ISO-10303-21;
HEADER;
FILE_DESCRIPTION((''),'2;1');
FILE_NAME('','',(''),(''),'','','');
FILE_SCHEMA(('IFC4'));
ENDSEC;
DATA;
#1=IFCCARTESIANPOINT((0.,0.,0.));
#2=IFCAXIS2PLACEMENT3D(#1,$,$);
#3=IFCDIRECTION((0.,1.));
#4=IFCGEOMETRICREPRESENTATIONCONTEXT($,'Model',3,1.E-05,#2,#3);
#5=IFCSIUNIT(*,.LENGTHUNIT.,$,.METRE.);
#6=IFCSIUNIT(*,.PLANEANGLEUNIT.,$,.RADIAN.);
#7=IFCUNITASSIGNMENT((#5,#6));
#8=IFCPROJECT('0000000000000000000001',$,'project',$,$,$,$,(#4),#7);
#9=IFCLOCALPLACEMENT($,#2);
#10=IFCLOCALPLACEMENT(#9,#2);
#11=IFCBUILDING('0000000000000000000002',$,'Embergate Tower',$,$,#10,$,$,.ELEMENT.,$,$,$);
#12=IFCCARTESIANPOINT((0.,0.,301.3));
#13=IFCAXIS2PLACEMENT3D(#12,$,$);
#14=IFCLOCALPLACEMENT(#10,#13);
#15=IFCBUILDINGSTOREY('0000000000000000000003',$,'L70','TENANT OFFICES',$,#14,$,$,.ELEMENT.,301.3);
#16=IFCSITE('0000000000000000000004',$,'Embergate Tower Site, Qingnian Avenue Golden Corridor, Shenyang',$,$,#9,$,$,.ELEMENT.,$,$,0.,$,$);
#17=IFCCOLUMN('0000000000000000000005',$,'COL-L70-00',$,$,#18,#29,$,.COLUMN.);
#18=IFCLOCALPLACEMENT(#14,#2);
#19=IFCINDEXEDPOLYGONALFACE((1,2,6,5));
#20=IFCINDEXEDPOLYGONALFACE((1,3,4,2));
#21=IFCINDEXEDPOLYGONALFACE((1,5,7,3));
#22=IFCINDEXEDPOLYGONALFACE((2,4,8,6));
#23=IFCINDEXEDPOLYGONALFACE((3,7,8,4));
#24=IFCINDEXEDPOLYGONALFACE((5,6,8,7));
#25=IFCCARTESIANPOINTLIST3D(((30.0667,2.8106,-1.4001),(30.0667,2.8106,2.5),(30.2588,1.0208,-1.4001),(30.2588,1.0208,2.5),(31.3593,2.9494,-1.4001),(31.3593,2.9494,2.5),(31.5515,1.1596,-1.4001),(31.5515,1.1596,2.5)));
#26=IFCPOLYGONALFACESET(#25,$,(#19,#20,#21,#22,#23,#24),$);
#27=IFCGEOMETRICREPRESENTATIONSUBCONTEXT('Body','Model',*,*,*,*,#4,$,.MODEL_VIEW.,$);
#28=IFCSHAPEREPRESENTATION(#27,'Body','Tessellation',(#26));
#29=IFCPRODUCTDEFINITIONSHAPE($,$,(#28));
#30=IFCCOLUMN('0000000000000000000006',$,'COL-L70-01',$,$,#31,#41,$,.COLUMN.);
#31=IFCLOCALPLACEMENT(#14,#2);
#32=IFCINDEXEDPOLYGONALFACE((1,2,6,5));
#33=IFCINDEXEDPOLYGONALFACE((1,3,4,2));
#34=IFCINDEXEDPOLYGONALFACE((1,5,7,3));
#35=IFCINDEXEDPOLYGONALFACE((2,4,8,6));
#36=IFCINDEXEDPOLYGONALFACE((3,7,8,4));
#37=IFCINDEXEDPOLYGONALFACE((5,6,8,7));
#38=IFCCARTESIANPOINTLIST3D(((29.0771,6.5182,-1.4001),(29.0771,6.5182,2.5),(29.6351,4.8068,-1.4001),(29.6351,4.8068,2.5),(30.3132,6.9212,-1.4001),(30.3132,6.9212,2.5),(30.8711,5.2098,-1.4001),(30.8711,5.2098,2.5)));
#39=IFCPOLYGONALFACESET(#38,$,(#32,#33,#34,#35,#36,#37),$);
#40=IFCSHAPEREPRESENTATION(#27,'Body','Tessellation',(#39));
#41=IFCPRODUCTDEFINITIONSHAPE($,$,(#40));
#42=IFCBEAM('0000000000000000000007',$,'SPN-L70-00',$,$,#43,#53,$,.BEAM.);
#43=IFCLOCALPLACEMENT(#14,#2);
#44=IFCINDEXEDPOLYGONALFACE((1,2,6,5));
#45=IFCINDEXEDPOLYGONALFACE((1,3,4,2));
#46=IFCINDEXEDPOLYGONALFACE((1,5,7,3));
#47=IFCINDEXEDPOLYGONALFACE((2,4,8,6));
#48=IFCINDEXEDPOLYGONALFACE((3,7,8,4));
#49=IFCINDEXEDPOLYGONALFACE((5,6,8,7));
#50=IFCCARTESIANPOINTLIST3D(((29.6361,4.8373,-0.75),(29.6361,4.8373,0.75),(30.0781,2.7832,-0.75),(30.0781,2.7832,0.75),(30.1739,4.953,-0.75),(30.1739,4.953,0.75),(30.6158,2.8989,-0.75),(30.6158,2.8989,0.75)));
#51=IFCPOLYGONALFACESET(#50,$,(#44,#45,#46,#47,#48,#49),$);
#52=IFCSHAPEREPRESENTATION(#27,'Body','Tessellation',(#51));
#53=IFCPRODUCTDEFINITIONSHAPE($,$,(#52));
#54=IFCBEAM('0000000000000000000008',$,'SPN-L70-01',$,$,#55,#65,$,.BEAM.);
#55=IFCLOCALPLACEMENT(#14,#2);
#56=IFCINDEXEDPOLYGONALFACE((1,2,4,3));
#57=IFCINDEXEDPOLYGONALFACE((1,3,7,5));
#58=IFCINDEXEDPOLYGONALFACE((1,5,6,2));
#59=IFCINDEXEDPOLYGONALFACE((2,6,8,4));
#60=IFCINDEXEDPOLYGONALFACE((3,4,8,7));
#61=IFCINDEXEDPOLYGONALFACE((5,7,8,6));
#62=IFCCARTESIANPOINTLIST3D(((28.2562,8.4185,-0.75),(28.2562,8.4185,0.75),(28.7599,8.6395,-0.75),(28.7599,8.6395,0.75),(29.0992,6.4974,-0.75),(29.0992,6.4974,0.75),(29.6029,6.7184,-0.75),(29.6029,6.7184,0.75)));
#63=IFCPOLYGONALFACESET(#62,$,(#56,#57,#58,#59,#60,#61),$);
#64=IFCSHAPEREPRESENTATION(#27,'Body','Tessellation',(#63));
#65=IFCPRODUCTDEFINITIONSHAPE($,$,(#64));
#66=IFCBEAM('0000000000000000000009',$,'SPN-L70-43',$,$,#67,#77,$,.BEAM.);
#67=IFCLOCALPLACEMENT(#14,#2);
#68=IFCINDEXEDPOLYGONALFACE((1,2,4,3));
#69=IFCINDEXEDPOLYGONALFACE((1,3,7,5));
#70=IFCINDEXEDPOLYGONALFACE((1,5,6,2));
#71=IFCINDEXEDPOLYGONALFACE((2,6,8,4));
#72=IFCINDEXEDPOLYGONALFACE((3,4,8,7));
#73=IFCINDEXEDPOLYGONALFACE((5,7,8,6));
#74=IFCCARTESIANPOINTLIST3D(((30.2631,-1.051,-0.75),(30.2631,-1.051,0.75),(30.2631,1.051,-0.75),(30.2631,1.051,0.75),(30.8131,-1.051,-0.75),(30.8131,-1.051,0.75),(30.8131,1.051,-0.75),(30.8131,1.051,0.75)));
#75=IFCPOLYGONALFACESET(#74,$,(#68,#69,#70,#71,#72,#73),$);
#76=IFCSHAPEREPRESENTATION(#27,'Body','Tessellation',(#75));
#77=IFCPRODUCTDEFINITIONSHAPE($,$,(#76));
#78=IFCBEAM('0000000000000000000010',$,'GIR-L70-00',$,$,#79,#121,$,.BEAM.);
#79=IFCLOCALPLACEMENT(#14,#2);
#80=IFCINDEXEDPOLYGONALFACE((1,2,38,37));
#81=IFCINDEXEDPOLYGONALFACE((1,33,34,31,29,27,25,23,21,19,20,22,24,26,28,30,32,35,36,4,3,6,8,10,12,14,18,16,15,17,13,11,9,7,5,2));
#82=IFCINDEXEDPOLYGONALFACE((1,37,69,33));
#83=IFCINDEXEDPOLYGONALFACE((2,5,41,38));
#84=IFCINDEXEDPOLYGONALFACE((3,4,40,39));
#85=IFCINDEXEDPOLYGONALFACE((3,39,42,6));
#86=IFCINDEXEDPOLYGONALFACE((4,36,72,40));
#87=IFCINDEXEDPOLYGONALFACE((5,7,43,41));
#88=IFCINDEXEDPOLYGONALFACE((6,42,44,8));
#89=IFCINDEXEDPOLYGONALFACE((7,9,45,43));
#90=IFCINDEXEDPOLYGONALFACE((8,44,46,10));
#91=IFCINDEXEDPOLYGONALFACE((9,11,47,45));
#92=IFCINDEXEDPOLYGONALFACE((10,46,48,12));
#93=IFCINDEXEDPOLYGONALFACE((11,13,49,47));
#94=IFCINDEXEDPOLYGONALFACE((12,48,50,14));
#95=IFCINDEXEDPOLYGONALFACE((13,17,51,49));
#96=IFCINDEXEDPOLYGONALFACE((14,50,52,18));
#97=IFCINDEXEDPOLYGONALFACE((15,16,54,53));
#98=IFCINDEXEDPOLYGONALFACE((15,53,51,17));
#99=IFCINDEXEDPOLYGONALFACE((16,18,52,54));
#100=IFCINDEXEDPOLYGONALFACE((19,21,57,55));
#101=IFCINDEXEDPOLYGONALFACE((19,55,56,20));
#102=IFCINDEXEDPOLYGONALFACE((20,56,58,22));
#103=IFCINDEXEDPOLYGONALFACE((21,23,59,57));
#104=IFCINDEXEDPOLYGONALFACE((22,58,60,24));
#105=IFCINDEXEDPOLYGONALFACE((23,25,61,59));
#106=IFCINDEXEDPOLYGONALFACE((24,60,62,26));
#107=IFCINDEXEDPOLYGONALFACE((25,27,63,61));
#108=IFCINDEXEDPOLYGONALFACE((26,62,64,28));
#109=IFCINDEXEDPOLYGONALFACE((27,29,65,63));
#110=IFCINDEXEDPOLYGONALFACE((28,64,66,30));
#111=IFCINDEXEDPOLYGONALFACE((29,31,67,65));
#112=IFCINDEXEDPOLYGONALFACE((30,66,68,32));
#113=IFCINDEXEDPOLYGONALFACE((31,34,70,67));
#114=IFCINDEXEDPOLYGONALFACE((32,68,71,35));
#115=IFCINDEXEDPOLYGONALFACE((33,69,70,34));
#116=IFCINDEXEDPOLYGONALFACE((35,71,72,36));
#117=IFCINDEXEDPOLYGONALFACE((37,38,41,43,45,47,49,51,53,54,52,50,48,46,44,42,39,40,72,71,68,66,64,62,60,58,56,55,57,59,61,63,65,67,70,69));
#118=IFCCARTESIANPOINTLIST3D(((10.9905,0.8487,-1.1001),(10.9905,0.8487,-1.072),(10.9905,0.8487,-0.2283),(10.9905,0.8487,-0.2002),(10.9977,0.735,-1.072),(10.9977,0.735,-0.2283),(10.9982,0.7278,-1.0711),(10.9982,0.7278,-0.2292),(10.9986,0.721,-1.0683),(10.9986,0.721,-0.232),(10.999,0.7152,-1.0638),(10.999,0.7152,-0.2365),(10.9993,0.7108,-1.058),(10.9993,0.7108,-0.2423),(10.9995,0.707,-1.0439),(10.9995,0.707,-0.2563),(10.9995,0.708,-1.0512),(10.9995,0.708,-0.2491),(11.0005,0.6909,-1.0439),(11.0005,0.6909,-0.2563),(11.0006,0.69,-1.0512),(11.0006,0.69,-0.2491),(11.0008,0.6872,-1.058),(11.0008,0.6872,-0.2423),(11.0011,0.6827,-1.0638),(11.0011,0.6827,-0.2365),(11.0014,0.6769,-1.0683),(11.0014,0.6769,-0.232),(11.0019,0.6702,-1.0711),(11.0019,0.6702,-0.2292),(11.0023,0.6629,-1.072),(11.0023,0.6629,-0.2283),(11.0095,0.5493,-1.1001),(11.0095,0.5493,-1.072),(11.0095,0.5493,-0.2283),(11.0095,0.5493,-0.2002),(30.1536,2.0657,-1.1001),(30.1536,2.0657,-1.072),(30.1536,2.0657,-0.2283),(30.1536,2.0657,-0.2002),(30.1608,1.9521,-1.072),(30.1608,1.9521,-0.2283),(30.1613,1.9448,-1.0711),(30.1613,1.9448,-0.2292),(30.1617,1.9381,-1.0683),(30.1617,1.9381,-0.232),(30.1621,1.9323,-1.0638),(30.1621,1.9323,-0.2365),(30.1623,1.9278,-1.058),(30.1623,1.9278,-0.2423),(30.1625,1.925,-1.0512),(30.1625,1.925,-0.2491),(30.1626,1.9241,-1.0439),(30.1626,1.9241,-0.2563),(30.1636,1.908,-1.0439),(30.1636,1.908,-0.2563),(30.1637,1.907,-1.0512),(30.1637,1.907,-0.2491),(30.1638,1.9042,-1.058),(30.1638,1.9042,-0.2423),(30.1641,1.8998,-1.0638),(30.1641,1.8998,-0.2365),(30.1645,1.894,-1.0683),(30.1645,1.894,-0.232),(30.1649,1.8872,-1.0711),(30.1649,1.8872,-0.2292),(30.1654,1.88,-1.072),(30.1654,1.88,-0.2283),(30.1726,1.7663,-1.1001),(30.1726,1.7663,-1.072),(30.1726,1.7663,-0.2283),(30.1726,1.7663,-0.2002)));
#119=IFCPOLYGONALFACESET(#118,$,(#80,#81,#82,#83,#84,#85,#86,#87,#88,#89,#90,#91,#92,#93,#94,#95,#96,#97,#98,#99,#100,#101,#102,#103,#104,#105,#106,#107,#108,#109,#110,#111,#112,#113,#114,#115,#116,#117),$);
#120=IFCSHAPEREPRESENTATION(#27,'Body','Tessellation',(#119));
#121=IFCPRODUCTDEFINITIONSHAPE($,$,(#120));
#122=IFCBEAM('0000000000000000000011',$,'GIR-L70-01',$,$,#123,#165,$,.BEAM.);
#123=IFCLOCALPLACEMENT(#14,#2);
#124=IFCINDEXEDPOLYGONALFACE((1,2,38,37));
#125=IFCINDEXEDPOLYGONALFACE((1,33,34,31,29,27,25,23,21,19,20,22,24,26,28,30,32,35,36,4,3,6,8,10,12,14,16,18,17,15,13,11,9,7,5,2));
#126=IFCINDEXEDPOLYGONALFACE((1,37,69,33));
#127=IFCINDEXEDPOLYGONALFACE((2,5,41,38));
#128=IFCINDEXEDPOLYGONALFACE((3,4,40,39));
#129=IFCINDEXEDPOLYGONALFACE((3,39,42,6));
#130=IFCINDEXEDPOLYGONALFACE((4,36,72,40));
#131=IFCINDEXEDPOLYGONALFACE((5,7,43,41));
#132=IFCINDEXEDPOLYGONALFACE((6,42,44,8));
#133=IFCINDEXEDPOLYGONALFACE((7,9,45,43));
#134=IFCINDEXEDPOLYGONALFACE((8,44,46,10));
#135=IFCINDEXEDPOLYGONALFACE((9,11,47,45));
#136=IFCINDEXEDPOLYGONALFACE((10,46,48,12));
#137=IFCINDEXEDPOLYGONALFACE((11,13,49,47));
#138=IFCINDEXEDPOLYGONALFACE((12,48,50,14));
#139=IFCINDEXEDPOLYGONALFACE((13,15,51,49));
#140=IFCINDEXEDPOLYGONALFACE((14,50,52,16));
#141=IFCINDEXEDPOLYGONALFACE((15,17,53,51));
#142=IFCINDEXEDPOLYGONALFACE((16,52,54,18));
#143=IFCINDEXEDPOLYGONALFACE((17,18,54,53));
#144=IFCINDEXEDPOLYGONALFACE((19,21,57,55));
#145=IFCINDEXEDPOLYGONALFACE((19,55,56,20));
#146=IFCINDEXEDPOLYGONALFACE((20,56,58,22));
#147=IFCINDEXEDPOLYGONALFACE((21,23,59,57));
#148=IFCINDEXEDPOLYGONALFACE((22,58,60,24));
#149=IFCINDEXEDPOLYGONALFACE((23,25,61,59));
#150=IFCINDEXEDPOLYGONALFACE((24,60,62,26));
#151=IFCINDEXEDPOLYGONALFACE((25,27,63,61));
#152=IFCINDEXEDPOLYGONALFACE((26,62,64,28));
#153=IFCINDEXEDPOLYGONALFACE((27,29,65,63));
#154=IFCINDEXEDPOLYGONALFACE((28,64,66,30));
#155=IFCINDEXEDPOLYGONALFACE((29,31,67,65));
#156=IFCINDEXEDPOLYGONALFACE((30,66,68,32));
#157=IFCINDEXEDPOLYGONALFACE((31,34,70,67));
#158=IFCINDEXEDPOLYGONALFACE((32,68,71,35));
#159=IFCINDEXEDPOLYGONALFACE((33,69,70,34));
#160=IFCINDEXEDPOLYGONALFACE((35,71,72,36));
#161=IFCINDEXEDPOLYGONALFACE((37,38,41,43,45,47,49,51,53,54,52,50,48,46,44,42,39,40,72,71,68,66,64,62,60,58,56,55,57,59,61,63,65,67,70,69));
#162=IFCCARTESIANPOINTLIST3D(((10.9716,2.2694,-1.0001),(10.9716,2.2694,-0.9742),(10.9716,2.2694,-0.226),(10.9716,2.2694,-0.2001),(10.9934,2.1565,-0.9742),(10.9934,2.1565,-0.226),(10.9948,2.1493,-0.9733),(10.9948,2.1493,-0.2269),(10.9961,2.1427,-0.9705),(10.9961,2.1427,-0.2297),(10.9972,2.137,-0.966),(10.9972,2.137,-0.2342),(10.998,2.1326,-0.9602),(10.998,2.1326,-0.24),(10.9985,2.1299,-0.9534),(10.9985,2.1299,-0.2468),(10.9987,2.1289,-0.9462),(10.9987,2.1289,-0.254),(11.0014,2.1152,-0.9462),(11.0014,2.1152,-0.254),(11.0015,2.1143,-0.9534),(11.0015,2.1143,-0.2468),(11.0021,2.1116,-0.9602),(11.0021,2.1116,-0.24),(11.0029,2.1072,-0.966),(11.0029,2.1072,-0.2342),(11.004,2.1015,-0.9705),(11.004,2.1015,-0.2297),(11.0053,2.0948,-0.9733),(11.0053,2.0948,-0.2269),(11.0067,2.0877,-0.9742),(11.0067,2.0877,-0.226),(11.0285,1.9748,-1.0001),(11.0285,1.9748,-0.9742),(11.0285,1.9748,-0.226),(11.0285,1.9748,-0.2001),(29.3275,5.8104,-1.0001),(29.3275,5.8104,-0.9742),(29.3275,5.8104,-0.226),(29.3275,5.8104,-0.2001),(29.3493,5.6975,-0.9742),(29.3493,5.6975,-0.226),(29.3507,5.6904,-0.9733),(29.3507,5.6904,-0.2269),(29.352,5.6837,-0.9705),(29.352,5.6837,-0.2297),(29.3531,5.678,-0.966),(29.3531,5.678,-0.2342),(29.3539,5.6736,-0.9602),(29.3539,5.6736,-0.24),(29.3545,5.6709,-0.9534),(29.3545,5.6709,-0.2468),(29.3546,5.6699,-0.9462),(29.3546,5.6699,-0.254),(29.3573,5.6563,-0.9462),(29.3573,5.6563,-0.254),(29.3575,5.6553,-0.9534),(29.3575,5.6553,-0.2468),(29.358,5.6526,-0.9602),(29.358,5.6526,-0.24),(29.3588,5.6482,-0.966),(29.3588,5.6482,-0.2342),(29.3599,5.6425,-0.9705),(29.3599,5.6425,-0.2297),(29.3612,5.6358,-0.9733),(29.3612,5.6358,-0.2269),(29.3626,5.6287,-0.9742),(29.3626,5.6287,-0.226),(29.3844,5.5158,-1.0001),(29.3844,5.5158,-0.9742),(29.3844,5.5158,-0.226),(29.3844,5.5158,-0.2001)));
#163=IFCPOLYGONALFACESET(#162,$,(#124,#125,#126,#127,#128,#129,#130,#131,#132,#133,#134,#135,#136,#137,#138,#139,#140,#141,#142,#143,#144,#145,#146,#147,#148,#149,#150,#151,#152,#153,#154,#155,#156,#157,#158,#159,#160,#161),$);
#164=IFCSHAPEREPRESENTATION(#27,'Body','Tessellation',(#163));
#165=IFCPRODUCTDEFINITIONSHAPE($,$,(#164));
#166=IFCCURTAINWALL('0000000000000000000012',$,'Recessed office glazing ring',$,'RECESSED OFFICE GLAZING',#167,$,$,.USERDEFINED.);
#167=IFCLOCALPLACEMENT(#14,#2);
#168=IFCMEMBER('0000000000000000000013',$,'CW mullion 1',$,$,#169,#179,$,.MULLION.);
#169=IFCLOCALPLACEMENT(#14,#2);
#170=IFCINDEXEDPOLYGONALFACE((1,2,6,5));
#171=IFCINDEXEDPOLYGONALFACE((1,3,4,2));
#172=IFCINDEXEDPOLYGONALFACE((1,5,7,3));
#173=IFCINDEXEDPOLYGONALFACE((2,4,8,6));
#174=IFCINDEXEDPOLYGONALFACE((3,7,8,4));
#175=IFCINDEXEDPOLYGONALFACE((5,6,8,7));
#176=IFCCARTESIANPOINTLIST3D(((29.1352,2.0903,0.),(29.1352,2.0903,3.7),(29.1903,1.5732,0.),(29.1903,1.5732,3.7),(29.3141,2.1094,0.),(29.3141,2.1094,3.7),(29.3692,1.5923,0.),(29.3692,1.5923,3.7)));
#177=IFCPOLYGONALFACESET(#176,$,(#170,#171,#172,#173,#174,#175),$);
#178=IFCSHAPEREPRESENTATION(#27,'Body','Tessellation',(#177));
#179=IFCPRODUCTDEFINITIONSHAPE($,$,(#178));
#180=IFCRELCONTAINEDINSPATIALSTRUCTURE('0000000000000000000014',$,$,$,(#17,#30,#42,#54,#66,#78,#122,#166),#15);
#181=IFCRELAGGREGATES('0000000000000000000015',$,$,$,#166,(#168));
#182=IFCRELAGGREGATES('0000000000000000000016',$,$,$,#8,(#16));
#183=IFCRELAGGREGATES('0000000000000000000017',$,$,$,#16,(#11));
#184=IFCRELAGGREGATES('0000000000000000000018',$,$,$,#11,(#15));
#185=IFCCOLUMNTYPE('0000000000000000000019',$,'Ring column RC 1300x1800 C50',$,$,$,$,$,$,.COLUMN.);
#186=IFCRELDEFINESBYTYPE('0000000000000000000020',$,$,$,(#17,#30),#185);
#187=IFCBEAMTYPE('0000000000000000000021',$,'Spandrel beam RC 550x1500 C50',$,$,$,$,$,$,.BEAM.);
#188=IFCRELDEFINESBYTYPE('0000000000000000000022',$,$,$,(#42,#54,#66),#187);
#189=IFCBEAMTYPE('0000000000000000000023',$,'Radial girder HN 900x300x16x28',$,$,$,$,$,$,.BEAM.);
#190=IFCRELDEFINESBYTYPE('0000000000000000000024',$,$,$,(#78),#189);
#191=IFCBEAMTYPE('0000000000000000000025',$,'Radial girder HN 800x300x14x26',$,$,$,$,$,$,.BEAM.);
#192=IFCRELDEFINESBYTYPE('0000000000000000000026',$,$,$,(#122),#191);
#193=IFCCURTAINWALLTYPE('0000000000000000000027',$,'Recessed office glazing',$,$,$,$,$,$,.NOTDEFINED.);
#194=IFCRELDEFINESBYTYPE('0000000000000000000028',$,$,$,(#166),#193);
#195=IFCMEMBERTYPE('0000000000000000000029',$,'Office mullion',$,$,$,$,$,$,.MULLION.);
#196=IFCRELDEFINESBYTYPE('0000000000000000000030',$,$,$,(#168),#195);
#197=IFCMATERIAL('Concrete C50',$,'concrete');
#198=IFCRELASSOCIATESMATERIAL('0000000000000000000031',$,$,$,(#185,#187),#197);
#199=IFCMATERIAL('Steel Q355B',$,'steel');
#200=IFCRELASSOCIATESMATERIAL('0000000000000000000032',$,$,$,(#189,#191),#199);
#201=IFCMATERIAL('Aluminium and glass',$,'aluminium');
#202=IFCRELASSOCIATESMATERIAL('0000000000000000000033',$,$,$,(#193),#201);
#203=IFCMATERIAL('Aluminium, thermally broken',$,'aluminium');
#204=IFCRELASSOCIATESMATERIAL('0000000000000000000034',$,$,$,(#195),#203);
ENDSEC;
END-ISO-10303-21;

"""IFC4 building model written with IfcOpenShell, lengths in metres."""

from ifc_helpers import new_model, si_unit, direction, frame, origin, origin_2d, place, context, subcontext, project, spatial, rectangle, i_section, extrude, source, transform, mapped, material, material_profile, profile_set, type_object, element, aggregate, save


model = new_model("IFC4")

# Units and contexts
model_context = context("Model", 3, precision=1e-05, world=origin(), true_north=direction((0.0, 1.0)))
body_context = subcontext(model_context, "Body", "Model", "MODEL_VIEW")
ifc_project = project(units=[si_unit("LENGTHUNIT", "METRE"), si_unit("PLANEANGLEUNIT", "RADIAN")], contexts=[model_context])

# Site, building, storey
site_placement = place(None, origin())
site = spatial("IfcSite", under=ifc_project, at=site_placement, Name="Embergate Tower Site, Qingnian Avenue Golden Corridor, Shenyang", CompositionType="ELEMENT", RefElevation=0.0)
building_placement = place(site_placement, origin())
building = spatial("IfcBuilding", under=site, at=building_placement, Name="Embergate Tower", CompositionType="ELEMENT")
storey_placement = place(building_placement, frame((0.0, 0.0, 301.3)))
storey = spatial("IfcBuildingStorey", under=building, at=storey_placement, Name="L70", Description="TENANT OFFICES", CompositionType="ELEMENT", Elevation=301.3)

# Columns
ifc_material_1 = material(Name="Concrete C50", Category="concrete")
ifc_material_profile_1 = material_profile(ifc_material_1, rectangle(XDim=1.3, YDim=1.8, at=origin_2d()), Name="RC 1300x1800")
ifc_profile_set_1 = profile_set([ifc_material_profile_1], Name="Concrete C50")
column_type = type_object("IfcColumnType", Name="Ring column RC 1300x1800 C50", PredefinedType="COLUMN", material=ifc_profile_set_1)
shared_shape_1 = source(origin(), body_context, "Body", "SweptSolid", [
    extrude(rectangle(XDim=1.3, YDim=1.8, at=origin_2d()), origin(), (0.0, 0.0, 1.0), 3.9001),
])
for number, where, z_axis, x_axis, name in (
    (1, (30.8091, 1.9851, -1.4001), (0.0, 0.0, 1.0), (0.994286, 0.10675, 0.0), "COL-L70-00"),
    (2, (29.9741, 5.864, -1.4001), (0.0, 0.0, 1.0), (0.950754, 0.309946, 0.0), "COL-L70-01"),
):
    element("IfcColumn", number, at=place(storey_placement, frame(where, z_axis=z_axis, x_axis=x_axis)), inside=storey, type_object=column_type, Name=name, PredefinedType="COLUMN", context=body_context, shape_type="MappedRepresentation", body=[
        mapped(shared_shape_1, transform((0.0, 0.0, 0.0))),
    ])

# Beams
ifc_material_profile_2 = material_profile(ifc_material_1, rectangle(XDim=0.55, YDim=1.5, at=origin_2d()), Name="RC 550x1500")
ifc_profile_set_2 = profile_set([ifc_material_profile_2], Name="Concrete C50")
beam_type_1 = type_object("IfcBeamType", Name="Spandrel beam RC 550x1500 C50", PredefinedType="BEAM", material=ifc_profile_set_2)
shared_shape_2 = source(origin(), body_context, "Body", "SweptSolid", [
    extrude(rectangle(XDim=0.55, YDim=1.5, at=origin_2d()), origin(), (0.0, 0.0, 1.0), 2.1011),
])
beam_1_placement = place(storey_placement, frame((30.3469, 2.8411, 0.0), z_axis=(-0.210331, 0.97763, 0.0), x_axis=(-0.97763, -0.210331, 0.0)))
element("IfcBeam", 3, at=beam_1_placement, inside=storey, type_object=beam_type_1, Name="SPN-L70-00", PredefinedType="BEAM", context=body_context, shape_type="MappedRepresentation", body=[
    mapped(shared_shape_2, transform((0.0, 0.0, 0.0))),
])
shared_shape_3 = source(origin(), body_context, "Body", "SweptSolid", [
    extrude(rectangle(XDim=0.55, YDim=1.5, at=origin_2d()), origin(), (0.0, 0.0, 1.0), 2.0979),
])
beam_2_placement = place(storey_placement, frame((29.3511, 6.6079, 0.0), z_axis=(-0.401826, 0.915716, 0.0), x_axis=(-0.915716, -0.401826, 0.0)))
element("IfcBeam", 4, at=beam_2_placement, inside=storey, type_object=beam_type_1, Name="SPN-L70-01", PredefinedType="BEAM", context=body_context, shape_type="MappedRepresentation", body=[
    mapped(shared_shape_3, transform((0.0, 0.0, 0.0))),
])
shared_shape_4 = source(origin(), body_context, "Body", "SweptSolid", [
    extrude(rectangle(XDim=0.55, YDim=1.5, at=origin_2d()), origin(), (0.0, 0.0, 1.0), 2.1021),
])
beam_3_placement = place(storey_placement, frame((30.5381, -1.051, 0.0), z_axis=(0.0, 1.0, 0.0), x_axis=(-1.0, 0.0, 0.0)))
element("IfcBeam", 5, at=beam_3_placement, inside=storey, type_object=beam_type_1, Name="SPN-L70-43", PredefinedType="BEAM", context=body_context, shape_type="MappedRepresentation", body=[
    mapped(shared_shape_4, transform((0.0, 0.0, 0.0))),
])
ifc_material_2 = material(Name="Steel Q355B", Category="steel")
ifc_material_profile_3 = material_profile(ifc_material_2, i_section(OverallWidth=0.3, OverallDepth=0.8999, WebThickness=0.0161, FlangeThickness=0.0281, FilletRadius=0.0281, at=origin_2d()), Name="HN 900x300x16x28")
ifc_profile_set_3 = profile_set([ifc_material_profile_3], Name="Steel Q355 grade B")
beam_type_2 = type_object("IfcBeamType", Name="Radial girder HN 900x300x16x28", PredefinedType="BEAM", material=ifc_profile_set_3)
shared_shape_5 = source(origin(), body_context, "Body", "SweptSolid", [
    extrude(i_section(OverallWidth=0.3, OverallDepth=0.8999, WebThickness=0.0161, FlangeThickness=0.0281, FilletRadius=0.0281, at=origin_2d()), origin(), (0.0, 0.0, 1.0), 19.2017),
])
beam_4_placement = place(storey_placement, frame((30.1631, 1.916, -0.6501), z_axis=(-0.997989, -0.063382, 0.0), x_axis=(0.063382, -0.997989, 0.0)))
element("IfcBeam", 6, at=beam_4_placement, inside=storey, type_object=beam_type_2, Name="GIR-L70-00", PredefinedType="BEAM", context=body_context, shape_type="MappedRepresentation", body=[
    mapped(shared_shape_5, transform((0.0, 0.0, 0.0))),
])
ifc_material_profile_4 = material_profile(ifc_material_2, i_section(OverallWidth=0.3, OverallDepth=0.8, WebThickness=0.0139, FlangeThickness=0.0259, FilletRadius=0.0281, at=origin_2d()), Name="HN 800x300x14x26")
ifc_profile_set_4 = profile_set([ifc_material_profile_4], Name="Steel Q355 grade B")
beam_type_3 = type_object("IfcBeamType", Name="Radial girder HN 800x300x14x26", PredefinedType="BEAM", material=ifc_profile_set_4)
shared_shape_6 = source(origin(), body_context, "Body", "SweptSolid", [
    extrude(i_section(OverallWidth=0.3, OverallDepth=0.8, WebThickness=0.0139, FlangeThickness=0.0259, FilletRadius=0.0281, at=origin_2d()), origin(), (0.0, 0.0, 1.0), 18.6943),
])
beam_5_placement = place(storey_placement, frame((29.356, 5.6631, -0.6001), z_axis=(-0.981897, -0.189416, 0.0), x_axis=(0.189416, -0.981897, 0.0)))
element("IfcBeam", 7, at=beam_5_placement, inside=storey, type_object=beam_type_3, Name="GIR-L70-01", PredefinedType="BEAM", context=body_context, shape_type="MappedRepresentation", body=[
    mapped(shared_shape_6, transform((0.0, 0.0, 0.0))),
])

# Curtain wall, member
ifc_material_3 = material(Name="Aluminium and glass", Category="aluminium")
curtain_wall_type = type_object("IfcCurtainWallType", Name="Recessed office glazing", PredefinedType="NOTDEFINED", material=ifc_material_3)
curtain_wall_placement = place(storey_placement, origin())
curtain_wall = element("IfcCurtainWall", 8, at=curtain_wall_placement, inside=storey, type_object=curtain_wall_type, Name="Recessed office glazing ring", ObjectType="RECESSED OFFICE GLAZING", PredefinedType="USERDEFINED")
ifc_material_4 = material(Name="Aluminium, thermally broken", Category="aluminium")
ifc_material_profile_5 = material_profile(ifc_material_4, rectangle(XDim=0.1799, YDim=0.52, at=origin_2d()), Name="AL 520x180")
ifc_profile_set_5 = profile_set([ifc_material_profile_5], Name="Aluminium, thermally broken")
member_type_1 = type_object("IfcMemberType", Name="Office mullion", PredefinedType="MULLION", material=ifc_profile_set_5)
shared_shape_7 = source(origin(), body_context, "Body", "SweptSolid", [
    extrude(rectangle(XDim=0.1799, YDim=0.52, at=origin_2d()), origin(), (0.0, 0.0, 1.0), 3.7),
])
member_1_placement = place(storey_placement, frame((29.2522, 1.8413, 0.0), z_axis=(0.0, 0.0, 1.0), x_axis=(-0.994384, -0.10583, 0.0)))
member_1 = element("IfcMember", 9, at=member_1_placement, type_object=member_type_1, Name="CW mullion 1", PredefinedType="MULLION", context=body_context, shape_type="MappedRepresentation", body=[
    mapped(shared_shape_7, transform((0.0, 0.0, 0.0))),
])
aggregate(curtain_wall, [member_1])

save(model, "model.ifc")
